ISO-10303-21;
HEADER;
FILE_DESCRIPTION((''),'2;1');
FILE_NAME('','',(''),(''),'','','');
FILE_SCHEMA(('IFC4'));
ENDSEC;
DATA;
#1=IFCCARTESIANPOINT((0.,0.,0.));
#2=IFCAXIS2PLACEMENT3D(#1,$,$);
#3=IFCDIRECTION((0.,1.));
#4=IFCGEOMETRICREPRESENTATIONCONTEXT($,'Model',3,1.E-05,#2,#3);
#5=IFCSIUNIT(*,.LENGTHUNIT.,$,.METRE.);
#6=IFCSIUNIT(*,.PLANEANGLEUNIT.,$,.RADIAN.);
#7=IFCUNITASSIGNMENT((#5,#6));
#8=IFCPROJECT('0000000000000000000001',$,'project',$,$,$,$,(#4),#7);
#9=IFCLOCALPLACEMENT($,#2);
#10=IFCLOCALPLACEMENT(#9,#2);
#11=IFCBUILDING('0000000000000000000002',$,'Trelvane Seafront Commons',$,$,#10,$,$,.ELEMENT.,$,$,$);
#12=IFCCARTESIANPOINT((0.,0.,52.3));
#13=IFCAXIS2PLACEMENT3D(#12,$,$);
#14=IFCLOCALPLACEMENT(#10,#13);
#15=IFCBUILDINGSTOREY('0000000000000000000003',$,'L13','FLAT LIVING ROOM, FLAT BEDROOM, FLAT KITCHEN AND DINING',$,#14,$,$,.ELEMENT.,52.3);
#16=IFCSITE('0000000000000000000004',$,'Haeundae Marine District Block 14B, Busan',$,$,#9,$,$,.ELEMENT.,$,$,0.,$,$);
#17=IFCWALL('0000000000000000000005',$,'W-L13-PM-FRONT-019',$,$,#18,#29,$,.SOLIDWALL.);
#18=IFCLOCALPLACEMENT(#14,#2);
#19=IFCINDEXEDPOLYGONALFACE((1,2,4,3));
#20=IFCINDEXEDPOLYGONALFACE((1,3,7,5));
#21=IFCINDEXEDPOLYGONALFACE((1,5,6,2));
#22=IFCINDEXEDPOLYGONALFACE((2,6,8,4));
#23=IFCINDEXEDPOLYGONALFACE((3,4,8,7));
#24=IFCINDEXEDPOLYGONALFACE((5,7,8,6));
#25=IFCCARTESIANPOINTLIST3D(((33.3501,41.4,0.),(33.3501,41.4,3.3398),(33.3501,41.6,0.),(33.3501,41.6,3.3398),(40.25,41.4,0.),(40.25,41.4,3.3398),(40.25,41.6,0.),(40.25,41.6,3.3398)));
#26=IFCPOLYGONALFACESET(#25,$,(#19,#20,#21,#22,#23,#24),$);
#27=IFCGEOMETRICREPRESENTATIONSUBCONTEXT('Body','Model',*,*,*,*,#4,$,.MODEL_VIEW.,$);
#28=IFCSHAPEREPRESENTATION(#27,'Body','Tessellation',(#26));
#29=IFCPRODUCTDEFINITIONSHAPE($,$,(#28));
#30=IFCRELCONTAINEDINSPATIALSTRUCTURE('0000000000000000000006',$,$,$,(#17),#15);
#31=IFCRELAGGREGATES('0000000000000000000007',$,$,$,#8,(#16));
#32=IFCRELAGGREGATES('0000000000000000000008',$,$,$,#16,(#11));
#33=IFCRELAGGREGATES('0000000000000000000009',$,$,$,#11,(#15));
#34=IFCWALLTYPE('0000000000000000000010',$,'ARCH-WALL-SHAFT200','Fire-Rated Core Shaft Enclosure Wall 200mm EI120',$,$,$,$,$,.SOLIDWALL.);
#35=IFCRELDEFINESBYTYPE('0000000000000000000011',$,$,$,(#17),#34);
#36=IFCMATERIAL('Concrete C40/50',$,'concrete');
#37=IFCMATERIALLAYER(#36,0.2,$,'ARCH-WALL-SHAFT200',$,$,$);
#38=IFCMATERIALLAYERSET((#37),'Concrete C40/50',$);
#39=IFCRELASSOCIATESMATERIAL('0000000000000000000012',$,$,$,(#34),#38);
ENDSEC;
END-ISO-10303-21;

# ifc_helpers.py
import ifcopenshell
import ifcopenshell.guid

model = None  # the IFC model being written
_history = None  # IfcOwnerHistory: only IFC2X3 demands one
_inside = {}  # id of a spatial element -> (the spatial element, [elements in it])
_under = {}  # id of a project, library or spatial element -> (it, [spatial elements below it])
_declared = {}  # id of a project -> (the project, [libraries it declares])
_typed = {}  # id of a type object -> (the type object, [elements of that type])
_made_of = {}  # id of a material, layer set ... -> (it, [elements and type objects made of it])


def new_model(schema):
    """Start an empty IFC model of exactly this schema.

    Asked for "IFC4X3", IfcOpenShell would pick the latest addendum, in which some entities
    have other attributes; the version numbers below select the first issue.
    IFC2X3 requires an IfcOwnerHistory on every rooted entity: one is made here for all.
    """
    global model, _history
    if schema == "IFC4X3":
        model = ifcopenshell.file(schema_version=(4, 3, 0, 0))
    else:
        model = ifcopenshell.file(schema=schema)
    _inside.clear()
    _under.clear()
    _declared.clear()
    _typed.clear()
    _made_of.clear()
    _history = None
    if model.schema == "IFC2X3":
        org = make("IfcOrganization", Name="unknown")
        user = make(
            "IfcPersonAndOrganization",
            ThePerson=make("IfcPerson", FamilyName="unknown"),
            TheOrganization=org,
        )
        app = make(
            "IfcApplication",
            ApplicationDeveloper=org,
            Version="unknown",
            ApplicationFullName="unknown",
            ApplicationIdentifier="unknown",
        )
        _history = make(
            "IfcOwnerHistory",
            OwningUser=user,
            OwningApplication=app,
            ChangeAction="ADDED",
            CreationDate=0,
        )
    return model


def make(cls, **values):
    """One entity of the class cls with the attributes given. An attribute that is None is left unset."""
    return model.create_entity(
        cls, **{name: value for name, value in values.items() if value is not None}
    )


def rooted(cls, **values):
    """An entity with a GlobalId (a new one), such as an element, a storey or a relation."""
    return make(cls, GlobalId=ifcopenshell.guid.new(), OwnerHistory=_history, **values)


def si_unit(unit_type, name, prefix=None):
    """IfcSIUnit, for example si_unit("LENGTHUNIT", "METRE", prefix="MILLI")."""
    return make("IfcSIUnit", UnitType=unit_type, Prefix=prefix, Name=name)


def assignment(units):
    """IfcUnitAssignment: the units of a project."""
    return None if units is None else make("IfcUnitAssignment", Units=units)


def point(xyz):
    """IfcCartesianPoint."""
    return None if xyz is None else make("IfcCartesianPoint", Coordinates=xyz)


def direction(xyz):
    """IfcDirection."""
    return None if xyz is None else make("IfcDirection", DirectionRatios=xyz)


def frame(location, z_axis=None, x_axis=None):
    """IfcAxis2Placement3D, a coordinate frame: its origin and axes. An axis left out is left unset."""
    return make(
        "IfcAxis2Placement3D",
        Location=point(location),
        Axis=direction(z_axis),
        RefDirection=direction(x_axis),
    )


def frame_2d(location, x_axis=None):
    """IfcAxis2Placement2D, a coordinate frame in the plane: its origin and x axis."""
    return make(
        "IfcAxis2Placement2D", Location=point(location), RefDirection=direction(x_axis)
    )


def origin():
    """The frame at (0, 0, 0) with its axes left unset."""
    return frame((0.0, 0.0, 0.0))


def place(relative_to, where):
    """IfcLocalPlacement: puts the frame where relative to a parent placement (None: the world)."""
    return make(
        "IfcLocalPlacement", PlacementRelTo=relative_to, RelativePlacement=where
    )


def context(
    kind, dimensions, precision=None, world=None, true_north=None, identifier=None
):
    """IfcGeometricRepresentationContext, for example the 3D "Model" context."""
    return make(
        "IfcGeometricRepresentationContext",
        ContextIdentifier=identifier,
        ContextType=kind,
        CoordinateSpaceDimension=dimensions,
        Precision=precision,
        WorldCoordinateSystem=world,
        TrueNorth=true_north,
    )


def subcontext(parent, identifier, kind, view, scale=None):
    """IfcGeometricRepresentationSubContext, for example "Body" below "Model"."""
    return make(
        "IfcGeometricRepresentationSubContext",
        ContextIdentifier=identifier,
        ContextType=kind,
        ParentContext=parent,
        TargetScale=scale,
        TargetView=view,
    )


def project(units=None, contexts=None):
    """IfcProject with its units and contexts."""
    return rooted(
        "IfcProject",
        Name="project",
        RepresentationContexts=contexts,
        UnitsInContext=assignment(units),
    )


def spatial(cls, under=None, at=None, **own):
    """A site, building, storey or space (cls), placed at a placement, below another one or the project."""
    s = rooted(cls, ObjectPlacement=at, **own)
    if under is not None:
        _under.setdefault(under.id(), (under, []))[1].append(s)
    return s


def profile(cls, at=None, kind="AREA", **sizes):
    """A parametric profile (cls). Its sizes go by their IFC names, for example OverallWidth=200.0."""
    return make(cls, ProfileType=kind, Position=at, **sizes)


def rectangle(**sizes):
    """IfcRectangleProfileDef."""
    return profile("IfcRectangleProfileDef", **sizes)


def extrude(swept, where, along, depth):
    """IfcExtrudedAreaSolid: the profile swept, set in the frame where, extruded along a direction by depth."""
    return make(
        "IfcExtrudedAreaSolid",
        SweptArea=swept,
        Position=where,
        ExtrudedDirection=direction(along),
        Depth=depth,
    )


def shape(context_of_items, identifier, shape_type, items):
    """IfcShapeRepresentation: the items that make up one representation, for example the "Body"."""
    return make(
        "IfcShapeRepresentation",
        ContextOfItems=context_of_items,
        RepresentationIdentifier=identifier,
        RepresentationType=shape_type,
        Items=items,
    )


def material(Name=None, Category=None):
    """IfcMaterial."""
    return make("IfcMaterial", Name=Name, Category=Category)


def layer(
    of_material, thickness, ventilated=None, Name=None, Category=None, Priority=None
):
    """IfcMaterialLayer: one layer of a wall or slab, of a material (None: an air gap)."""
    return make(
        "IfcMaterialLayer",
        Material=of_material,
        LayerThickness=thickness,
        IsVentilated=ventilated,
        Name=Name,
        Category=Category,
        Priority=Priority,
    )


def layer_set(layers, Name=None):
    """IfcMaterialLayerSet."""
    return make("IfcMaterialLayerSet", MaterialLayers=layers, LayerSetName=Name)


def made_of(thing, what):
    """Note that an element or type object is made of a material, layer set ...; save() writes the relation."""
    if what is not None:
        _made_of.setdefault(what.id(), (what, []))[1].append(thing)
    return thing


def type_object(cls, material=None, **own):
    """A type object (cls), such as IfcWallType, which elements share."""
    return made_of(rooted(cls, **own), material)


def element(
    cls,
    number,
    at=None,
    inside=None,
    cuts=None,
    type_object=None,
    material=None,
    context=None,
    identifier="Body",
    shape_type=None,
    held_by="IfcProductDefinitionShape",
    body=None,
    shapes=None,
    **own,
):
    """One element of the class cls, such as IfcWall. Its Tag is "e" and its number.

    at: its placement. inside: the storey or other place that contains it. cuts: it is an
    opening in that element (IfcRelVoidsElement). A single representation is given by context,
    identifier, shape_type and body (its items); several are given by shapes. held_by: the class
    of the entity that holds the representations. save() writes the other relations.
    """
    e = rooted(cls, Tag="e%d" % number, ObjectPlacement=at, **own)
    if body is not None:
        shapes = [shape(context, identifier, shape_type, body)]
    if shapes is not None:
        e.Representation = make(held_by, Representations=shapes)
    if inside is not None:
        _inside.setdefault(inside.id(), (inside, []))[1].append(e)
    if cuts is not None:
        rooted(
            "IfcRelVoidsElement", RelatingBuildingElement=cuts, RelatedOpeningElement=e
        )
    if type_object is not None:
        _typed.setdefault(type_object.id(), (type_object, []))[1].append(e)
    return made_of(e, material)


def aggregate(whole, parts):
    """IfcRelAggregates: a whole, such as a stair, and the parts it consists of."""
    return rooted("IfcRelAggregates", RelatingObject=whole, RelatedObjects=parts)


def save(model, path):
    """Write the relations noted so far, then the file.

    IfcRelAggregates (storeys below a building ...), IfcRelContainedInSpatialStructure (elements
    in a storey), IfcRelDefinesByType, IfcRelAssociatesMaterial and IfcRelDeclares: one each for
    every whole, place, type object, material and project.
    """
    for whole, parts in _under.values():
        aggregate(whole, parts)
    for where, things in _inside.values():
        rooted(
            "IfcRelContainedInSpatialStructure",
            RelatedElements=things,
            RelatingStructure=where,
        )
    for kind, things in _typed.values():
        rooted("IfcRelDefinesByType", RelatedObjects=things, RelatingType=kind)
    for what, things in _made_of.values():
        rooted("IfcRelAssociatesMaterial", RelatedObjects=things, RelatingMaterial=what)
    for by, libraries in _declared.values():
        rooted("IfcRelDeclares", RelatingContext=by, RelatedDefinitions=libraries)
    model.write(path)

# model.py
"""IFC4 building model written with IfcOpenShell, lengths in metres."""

from ifc_helpers import new_model, si_unit, direction, frame, frame_2d, origin, place, context, subcontext, project, spatial, rectangle, extrude, material, layer, layer_set, type_object, element, save


model = new_model("IFC4")

# Units and contexts
model_context = context("Model", 3, precision=1e-05, world=origin(), true_north=direction((0.0, 1.0)))
body_context = subcontext(model_context, "Body", "Model", "MODEL_VIEW")
ifc_project = project(units=[si_unit("LENGTHUNIT", "METRE"), si_unit("PLANEANGLEUNIT", "RADIAN")], contexts=[model_context])

# Site, building, storey
site_placement = place(None, origin())
site = spatial("IfcSite", under=ifc_project, at=site_placement, Name="Haeundae Marine District Block 14B, Busan", CompositionType="ELEMENT", RefElevation=0.0)
building_placement = place(site_placement, origin())
building = spatial("IfcBuilding", under=site, at=building_placement, Name="Trelvane Seafront Commons", CompositionType="ELEMENT")
storey_placement = place(building_placement, frame((0.0, 0.0, 52.3)))
storey = spatial("IfcBuildingStorey", under=building, at=storey_placement, Name="L13", Description="FLAT LIVING ROOM, FLAT BEDROOM, FLAT KITCHEN AND DINING", CompositionType="ELEMENT", Elevation=52.3)

# Shared definitions
ifc_material_1 = material(Name="Concrete C40/50", Category="concrete")

# Shared definitions
ifc_layer_1 = layer(ifc_material_1, 0.2, Name="ARCH-WALL-SHAFT200")
ifc_layer_set_1 = layer_set([ifc_layer_1], Name="Concrete C40/50")
wall_type_1 = type_object("IfcWallType", Name="ARCH-WALL-SHAFT200", Description="Fire-Rated Core Shaft Enclosure Wall 200mm EI120", PredefinedType="SOLIDWALL", material=ifc_layer_set_1)

# Wall
wall_1_placement = place(storey_placement, frame((33.3501, 41.5, 0.0), z_axis=(0.0, 0.0, 1.0), x_axis=(1.0, 0.0, 0.0)))
element("IfcWall", 1, at=wall_1_placement, inside=storey, type_object=wall_type_1, Name="W-L13-PM-FRONT-019", PredefinedType="SOLIDWALL", context=body_context, shape_type="SweptSolid", body=[
    extrude(rectangle(XDim=6.8999, YDim=0.2, at=frame_2d((3.45, 0.0))), origin(), (0.0, 0.0, 1.0), 3.3398),
])

save(model, "model.ifc")
